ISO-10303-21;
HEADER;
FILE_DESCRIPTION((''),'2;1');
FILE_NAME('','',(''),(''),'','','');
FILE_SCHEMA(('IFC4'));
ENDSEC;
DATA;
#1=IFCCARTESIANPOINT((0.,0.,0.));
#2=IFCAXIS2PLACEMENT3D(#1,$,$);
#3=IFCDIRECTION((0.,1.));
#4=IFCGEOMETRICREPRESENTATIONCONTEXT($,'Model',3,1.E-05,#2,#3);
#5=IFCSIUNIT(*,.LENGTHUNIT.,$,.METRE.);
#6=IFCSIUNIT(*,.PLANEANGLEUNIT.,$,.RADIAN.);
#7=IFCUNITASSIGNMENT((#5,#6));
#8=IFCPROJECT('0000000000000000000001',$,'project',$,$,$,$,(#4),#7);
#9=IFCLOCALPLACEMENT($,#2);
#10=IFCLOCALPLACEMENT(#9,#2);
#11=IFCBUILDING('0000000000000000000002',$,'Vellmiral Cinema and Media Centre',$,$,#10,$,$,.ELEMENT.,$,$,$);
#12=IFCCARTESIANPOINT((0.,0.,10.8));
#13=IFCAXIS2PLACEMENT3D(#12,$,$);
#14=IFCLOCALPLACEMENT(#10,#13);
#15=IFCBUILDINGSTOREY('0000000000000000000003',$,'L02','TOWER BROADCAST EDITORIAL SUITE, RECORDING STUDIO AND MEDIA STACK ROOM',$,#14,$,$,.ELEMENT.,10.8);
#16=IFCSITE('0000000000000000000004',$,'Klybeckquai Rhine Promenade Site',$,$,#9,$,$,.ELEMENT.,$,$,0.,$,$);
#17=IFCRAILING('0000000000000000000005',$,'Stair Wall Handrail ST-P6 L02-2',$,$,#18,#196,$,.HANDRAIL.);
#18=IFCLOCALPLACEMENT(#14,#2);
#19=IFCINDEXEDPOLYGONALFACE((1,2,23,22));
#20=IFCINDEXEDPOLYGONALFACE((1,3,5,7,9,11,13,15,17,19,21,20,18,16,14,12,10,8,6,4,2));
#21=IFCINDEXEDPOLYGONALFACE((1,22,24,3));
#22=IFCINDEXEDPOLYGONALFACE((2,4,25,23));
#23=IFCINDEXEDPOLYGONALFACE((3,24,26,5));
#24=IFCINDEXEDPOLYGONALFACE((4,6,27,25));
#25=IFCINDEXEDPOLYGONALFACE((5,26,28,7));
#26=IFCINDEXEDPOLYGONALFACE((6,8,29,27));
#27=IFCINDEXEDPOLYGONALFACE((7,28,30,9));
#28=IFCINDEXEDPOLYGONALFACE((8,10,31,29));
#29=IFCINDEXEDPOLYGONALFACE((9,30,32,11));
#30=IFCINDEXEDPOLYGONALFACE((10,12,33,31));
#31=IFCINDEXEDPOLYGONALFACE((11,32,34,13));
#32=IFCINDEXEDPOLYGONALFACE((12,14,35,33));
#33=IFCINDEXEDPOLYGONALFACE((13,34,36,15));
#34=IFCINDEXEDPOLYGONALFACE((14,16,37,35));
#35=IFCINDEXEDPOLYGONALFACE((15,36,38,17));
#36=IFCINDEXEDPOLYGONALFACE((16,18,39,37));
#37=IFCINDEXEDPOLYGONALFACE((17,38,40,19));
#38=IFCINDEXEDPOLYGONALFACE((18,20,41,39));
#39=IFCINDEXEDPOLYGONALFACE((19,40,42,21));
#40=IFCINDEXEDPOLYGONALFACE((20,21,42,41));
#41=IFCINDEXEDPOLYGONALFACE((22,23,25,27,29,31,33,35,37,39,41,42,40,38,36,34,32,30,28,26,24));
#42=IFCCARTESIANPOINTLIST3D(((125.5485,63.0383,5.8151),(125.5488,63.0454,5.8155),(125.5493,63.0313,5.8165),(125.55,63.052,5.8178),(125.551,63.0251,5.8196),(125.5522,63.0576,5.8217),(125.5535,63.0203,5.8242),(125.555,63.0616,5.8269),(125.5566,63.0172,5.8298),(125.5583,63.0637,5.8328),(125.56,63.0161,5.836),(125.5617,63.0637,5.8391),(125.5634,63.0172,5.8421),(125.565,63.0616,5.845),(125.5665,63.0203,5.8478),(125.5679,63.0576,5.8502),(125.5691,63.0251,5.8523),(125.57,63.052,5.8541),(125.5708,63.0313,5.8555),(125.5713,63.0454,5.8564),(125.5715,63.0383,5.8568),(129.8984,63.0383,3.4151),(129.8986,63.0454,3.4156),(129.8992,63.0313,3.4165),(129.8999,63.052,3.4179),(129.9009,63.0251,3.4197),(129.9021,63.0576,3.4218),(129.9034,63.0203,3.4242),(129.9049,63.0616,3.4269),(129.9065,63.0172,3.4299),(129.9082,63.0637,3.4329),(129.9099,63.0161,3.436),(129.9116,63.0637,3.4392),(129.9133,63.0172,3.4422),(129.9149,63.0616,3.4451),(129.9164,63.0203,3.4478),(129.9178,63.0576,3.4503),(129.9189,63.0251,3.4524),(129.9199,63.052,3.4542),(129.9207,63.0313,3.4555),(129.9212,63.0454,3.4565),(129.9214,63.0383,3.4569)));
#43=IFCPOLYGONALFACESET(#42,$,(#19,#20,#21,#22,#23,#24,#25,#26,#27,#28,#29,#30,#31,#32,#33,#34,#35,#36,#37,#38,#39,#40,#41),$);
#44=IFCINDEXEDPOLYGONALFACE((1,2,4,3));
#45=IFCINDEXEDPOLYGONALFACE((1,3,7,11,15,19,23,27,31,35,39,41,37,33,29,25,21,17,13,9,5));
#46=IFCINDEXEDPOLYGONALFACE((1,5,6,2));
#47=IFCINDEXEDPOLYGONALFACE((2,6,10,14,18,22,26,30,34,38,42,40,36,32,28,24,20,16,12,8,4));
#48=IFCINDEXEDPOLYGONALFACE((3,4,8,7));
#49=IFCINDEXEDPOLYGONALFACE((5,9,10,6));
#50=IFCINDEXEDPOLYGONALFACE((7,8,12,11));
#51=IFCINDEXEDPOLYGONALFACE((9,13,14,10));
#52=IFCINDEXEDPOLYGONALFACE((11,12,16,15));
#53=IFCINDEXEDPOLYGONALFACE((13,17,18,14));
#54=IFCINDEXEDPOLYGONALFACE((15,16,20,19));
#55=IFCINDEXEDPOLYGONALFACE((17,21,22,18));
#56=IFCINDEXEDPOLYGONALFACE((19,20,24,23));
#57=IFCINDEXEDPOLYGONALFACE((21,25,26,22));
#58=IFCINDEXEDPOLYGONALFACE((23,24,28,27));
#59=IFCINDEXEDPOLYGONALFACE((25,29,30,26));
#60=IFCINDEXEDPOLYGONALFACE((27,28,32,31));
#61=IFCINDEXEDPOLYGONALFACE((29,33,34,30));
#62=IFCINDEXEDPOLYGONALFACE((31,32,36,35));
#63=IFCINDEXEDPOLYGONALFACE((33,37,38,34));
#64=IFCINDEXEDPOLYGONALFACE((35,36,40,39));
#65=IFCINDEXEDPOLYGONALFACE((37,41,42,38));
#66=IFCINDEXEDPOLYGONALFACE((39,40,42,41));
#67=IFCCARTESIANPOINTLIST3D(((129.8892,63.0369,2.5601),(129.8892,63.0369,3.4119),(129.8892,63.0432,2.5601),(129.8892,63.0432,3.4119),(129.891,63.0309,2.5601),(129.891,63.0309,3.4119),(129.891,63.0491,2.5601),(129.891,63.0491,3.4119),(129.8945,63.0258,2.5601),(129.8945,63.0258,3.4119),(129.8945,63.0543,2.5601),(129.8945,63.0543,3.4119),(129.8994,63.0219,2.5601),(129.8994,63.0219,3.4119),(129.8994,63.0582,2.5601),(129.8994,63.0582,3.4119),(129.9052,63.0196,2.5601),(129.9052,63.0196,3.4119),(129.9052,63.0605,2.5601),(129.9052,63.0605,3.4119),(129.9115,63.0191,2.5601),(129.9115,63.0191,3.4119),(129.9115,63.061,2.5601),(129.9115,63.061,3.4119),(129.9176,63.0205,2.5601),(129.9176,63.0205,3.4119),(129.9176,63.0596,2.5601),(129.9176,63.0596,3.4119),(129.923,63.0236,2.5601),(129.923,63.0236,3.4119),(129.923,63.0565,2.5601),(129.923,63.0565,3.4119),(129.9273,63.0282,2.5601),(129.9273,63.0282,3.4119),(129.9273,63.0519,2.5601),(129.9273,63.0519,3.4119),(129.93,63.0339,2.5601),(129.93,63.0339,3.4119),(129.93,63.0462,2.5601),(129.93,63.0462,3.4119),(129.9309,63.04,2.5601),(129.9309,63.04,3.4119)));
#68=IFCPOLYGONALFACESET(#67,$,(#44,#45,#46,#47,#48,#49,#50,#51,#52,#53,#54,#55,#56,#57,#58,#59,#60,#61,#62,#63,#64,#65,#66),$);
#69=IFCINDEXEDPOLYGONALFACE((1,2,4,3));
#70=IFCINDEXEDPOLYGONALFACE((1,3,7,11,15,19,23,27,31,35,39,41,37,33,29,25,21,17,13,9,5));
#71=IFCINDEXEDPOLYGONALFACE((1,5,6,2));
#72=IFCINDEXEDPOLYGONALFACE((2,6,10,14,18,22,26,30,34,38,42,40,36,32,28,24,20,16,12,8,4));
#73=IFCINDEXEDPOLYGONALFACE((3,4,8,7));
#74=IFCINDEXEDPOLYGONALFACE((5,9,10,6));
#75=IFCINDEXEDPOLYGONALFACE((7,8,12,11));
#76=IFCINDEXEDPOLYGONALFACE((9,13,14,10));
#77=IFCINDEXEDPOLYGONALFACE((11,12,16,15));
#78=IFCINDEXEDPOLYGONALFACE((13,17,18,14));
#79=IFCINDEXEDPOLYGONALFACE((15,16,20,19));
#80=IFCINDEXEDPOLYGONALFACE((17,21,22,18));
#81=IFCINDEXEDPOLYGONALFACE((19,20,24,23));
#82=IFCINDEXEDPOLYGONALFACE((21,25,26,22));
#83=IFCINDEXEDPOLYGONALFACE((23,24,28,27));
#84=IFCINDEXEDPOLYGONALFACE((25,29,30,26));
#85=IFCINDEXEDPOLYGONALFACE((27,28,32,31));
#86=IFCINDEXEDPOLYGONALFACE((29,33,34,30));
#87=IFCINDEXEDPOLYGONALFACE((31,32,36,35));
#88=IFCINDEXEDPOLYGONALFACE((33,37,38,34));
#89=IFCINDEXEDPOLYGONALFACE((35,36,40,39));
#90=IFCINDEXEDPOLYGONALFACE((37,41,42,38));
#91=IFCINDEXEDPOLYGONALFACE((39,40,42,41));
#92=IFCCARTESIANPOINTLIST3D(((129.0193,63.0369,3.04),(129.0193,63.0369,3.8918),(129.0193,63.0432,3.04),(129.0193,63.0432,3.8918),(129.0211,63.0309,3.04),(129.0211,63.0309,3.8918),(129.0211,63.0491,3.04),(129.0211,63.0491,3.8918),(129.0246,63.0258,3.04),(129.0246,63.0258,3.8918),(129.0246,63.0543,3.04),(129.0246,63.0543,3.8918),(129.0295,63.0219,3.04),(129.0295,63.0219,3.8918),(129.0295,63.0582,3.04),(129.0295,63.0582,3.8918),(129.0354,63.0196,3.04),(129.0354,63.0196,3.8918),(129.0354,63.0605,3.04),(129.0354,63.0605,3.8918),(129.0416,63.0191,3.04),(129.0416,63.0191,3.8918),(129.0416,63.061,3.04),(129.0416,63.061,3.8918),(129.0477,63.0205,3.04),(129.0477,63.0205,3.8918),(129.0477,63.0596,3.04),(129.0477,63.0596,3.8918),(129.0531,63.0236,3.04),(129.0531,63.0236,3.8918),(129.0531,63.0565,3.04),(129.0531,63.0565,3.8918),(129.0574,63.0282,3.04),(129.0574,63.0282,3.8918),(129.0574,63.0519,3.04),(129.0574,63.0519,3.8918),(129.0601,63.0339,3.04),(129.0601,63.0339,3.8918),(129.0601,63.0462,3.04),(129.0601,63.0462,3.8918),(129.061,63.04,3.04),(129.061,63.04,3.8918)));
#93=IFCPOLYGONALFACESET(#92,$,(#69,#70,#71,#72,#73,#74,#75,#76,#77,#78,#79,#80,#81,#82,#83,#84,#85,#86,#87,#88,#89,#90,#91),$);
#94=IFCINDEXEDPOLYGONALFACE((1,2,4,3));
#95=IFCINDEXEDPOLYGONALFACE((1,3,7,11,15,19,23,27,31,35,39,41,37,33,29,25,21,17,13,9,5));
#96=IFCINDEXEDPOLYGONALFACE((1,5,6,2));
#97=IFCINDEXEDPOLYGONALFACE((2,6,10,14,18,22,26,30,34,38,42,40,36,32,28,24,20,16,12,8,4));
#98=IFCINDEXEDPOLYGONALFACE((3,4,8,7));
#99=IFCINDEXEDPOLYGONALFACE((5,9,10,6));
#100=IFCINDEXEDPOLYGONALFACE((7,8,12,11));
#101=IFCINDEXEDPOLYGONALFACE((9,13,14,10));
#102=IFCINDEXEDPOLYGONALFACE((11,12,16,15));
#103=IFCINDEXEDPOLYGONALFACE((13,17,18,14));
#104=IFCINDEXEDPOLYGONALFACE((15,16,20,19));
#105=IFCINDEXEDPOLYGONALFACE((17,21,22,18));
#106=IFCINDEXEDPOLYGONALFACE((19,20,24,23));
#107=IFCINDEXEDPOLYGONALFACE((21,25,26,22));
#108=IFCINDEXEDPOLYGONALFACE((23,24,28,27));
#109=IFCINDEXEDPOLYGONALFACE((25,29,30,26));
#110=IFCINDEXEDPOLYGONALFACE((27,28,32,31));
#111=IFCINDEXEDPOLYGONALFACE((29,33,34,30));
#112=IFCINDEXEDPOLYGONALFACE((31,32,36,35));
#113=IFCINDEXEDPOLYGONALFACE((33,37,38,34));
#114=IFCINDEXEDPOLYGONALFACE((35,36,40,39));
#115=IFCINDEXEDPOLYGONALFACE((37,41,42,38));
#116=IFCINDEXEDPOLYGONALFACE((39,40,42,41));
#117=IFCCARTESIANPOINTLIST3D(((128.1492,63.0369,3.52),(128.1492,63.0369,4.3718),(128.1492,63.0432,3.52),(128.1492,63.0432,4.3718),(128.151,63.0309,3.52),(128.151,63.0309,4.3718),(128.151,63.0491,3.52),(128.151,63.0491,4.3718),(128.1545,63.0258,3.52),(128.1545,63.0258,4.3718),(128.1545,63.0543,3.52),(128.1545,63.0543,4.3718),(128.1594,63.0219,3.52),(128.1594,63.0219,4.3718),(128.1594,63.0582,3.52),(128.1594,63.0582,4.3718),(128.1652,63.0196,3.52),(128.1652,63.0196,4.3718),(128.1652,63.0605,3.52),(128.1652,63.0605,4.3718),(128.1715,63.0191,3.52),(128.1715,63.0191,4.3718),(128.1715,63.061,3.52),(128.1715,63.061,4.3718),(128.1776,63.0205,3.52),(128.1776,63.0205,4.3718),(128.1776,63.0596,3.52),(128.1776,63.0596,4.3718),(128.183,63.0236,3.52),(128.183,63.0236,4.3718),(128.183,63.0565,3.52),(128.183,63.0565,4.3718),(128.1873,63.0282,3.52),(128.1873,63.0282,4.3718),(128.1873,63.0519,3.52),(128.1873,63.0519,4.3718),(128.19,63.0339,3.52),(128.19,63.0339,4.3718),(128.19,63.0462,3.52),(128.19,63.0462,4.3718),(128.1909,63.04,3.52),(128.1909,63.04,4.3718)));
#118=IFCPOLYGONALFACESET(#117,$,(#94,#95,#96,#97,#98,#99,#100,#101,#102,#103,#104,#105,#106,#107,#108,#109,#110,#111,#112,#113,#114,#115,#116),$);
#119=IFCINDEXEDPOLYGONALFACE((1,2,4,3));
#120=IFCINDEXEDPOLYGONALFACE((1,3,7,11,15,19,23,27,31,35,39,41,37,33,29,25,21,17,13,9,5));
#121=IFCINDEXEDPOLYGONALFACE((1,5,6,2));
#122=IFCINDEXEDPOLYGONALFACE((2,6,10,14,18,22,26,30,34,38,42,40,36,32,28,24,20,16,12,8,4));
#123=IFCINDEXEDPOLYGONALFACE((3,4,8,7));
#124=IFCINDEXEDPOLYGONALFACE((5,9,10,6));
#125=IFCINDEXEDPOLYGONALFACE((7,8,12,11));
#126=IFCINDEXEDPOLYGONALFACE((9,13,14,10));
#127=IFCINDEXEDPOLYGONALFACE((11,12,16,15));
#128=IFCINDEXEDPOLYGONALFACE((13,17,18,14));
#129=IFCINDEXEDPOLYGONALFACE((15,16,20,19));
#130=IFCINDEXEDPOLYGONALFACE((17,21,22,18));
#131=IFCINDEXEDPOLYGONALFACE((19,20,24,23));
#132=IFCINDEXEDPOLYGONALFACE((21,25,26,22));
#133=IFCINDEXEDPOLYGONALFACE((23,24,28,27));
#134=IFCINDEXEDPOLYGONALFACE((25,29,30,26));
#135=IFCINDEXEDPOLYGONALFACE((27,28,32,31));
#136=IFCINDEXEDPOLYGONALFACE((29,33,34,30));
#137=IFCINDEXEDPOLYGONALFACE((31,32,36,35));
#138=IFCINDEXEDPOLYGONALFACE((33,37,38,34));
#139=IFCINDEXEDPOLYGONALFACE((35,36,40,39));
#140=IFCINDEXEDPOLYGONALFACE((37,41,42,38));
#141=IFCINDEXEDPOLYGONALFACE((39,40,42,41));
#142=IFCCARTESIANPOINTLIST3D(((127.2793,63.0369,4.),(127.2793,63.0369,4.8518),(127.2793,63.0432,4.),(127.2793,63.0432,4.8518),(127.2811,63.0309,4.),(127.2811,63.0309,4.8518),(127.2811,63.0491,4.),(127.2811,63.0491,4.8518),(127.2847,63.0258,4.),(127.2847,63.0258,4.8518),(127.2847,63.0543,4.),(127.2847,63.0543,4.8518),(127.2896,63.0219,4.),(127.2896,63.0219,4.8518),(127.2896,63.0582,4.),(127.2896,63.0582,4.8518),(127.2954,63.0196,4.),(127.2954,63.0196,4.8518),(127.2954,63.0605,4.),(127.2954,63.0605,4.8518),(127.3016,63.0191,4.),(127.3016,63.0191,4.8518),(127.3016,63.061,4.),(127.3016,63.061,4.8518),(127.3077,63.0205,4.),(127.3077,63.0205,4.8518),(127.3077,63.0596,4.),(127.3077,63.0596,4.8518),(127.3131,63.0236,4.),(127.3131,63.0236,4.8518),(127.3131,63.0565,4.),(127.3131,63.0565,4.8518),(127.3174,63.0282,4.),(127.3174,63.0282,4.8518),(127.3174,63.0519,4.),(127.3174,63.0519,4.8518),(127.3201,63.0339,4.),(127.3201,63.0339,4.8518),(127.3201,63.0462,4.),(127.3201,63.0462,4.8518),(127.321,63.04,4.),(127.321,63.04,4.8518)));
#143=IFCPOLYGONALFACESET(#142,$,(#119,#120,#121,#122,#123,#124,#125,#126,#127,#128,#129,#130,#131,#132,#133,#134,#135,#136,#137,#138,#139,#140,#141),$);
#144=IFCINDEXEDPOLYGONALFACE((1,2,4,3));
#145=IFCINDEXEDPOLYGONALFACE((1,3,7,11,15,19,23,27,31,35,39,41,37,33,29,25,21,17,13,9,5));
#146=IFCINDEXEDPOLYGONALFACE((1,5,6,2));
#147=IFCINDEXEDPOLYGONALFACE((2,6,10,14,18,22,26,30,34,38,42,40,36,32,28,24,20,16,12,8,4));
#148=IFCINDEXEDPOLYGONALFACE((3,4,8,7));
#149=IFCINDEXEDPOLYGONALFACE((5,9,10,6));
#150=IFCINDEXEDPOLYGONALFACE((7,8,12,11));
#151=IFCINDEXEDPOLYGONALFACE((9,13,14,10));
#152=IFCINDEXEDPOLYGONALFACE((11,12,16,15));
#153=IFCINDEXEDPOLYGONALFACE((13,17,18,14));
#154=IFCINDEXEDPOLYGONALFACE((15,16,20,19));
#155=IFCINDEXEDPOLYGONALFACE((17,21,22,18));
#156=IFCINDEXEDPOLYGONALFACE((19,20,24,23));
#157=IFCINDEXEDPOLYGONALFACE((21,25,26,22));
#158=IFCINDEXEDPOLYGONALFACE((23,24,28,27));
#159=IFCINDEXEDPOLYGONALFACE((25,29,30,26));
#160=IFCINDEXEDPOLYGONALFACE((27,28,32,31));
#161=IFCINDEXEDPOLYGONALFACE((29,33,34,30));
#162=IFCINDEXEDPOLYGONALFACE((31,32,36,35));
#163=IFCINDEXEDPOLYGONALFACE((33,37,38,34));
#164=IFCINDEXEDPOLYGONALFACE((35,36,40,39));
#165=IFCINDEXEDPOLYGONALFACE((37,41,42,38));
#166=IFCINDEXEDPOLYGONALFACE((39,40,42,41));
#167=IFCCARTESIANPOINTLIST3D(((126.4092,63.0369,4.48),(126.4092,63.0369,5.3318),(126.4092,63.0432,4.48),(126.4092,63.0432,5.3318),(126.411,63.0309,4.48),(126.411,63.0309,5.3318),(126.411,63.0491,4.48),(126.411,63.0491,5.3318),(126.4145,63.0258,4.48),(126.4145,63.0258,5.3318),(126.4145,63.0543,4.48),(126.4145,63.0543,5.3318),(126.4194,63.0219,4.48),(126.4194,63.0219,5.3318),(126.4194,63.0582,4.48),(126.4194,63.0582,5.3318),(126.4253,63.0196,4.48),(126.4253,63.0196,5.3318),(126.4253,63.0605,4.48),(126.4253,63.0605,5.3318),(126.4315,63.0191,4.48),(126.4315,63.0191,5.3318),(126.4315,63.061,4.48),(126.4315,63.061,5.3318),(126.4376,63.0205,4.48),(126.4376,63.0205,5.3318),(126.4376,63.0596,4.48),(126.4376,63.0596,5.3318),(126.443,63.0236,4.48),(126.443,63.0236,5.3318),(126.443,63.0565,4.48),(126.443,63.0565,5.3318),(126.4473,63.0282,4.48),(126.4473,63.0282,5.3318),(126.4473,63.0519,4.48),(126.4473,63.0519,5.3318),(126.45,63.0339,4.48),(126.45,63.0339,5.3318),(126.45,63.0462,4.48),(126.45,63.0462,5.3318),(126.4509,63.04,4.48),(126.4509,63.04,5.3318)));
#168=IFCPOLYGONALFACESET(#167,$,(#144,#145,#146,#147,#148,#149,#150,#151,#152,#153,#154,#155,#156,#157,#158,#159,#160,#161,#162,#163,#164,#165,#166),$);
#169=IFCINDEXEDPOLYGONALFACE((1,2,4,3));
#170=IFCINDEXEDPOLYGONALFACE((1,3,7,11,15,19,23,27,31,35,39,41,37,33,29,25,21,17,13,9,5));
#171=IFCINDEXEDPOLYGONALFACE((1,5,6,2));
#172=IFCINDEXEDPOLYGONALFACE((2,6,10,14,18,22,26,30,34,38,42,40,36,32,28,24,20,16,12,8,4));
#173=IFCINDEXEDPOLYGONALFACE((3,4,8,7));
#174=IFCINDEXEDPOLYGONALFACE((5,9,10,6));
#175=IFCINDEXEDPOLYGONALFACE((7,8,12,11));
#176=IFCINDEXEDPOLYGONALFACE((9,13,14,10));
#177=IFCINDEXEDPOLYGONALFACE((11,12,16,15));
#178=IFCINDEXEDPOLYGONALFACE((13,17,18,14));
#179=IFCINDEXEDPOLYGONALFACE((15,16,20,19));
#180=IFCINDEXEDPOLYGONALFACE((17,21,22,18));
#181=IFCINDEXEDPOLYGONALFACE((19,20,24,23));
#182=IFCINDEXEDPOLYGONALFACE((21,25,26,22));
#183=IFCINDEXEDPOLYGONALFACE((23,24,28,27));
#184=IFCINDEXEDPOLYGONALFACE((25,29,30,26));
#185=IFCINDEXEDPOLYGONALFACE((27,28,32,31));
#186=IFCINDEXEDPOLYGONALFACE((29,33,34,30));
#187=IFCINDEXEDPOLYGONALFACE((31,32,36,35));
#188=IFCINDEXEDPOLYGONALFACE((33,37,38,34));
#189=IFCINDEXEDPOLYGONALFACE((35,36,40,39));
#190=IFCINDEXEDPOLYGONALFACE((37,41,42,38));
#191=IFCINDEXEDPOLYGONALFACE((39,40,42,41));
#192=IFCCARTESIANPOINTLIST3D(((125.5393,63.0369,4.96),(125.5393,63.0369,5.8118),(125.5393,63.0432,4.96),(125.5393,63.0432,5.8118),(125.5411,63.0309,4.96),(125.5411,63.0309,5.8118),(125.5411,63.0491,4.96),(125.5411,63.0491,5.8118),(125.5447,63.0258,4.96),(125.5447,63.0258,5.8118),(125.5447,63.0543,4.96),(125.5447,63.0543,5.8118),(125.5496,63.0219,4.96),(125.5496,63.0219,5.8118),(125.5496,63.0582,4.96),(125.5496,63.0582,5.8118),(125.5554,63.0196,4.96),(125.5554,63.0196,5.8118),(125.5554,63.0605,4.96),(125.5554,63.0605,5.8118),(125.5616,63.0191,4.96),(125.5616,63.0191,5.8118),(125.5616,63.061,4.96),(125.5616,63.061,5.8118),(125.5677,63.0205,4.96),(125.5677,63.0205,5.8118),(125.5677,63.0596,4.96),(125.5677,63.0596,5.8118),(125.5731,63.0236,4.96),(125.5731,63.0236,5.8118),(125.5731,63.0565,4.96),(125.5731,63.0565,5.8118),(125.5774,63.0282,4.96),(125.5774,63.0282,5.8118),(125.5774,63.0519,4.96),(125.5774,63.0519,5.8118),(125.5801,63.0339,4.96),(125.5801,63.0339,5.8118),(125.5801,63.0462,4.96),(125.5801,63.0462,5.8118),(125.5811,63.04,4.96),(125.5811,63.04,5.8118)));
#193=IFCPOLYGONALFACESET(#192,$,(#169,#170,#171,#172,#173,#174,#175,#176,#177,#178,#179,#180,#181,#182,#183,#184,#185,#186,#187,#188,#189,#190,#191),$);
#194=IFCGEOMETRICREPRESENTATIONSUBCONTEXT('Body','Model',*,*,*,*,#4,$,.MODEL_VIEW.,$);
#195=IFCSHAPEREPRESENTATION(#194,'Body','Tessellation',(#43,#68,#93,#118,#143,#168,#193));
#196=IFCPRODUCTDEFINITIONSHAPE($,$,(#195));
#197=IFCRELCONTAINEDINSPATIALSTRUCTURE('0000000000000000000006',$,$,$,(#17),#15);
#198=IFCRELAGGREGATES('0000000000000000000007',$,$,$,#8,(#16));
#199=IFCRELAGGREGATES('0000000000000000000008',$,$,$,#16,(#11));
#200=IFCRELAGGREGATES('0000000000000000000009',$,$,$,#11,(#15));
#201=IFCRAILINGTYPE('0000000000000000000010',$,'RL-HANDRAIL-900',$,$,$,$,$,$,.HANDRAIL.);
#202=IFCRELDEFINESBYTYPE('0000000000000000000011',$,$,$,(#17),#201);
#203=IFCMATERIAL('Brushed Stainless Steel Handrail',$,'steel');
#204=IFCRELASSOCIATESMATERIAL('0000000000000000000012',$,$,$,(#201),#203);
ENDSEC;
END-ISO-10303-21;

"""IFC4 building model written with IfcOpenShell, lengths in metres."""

from ifc_helpers import new_model, si_unit, direction, frame, origin, origin_2d, place, context, subcontext, project, spatial, circle, extrude, material, type_object, element, save


model = new_model("IFC4")

# Units and contexts
model_context = context("Model", 3, precision=1e-05, world=origin(), true_north=direction((0.0, 1.0)))
body_context = subcontext(model_context, "Body", "Model", "MODEL_VIEW")
ifc_project = project(units=[si_unit("LENGTHUNIT", "METRE"), si_unit("PLANEANGLEUNIT", "RADIAN")], contexts=[model_context])

# Site, building, storey
site_placement = place(None, origin())
site = spatial("IfcSite", under=ifc_project, at=site_placement, Name="Klybeckquai Rhine Promenade Site", CompositionType="ELEMENT", RefElevation=0.0)
building_placement = place(site_placement, origin())
building = spatial("IfcBuilding", under=site, at=building_placement, Name="Vellmiral Cinema and Media Centre", CompositionType="ELEMENT")
storey_placement = place(building_placement, frame((0.0, 0.0, 10.8)))
storey = spatial("IfcBuildingStorey", under=building, at=storey_placement, Name="L02", Description="TOWER BROADCAST EDITORIAL SUITE, RECORDING STUDIO AND MEDIA STACK ROOM", CompositionType="ELEMENT", Elevation=10.8)

# Railing
ifc_material_1 = material(Name="Brushed Stainless Steel Handrail", Category="steel")
railing_type_1 = type_object("IfcRailingType", Name="RL-HANDRAIL-900", PredefinedType="HANDRAIL", material=ifc_material_1)
railing_1_placement = place(storey_placement, frame((129.9099, 63.04, 2.5601)))
element("IfcRailing", 1, at=railing_1_placement, inside=storey, type_object=railing_type_1, Name="Stair Wall Handrail ST-P6 L02-2", PredefinedType="HANDRAIL", context=body_context, shape_type="SweptSolid", body=[
    extrude(circle(Radius=0.0239, at=origin_2d()), frame((0.0, 0.0, 0.876), z_axis=(-0.875579, 0.0, 0.483075), x_axis=(0.0, -1.0, 0.0)), (0.0, 0.0, 1.0), 4.968),
    extrude(circle(Radius=0.021, at=origin_2d()), origin(), (0.0, 0.0, 1.0), 0.8518),
    extrude(circle(Radius=0.021, at=origin_2d()), frame((-0.8699, 0.0, 0.48)), (0.0, 0.0, 1.0), 0.8518),
    extrude(circle(Radius=0.021, at=origin_2d()), frame((-1.74, 0.0, 0.96)), (0.0, 0.0, 1.0), 0.8518),
    extrude(circle(Radius=0.021, at=origin_2d()), frame((-2.6099, 0.0, 1.4399)), (0.0, 0.0, 1.0), 0.8518),
    extrude(circle(Radius=0.021, at=origin_2d()), frame((-3.48, 0.0, 1.9199)), (0.0, 0.0, 1.0), 0.8518),
    extrude(circle(Radius=0.021, at=origin_2d()), frame((-4.3499, 0.0, 2.3999)), (0.0, 0.0, 1.0), 0.8518),
])

save(model, "model.ifc")
